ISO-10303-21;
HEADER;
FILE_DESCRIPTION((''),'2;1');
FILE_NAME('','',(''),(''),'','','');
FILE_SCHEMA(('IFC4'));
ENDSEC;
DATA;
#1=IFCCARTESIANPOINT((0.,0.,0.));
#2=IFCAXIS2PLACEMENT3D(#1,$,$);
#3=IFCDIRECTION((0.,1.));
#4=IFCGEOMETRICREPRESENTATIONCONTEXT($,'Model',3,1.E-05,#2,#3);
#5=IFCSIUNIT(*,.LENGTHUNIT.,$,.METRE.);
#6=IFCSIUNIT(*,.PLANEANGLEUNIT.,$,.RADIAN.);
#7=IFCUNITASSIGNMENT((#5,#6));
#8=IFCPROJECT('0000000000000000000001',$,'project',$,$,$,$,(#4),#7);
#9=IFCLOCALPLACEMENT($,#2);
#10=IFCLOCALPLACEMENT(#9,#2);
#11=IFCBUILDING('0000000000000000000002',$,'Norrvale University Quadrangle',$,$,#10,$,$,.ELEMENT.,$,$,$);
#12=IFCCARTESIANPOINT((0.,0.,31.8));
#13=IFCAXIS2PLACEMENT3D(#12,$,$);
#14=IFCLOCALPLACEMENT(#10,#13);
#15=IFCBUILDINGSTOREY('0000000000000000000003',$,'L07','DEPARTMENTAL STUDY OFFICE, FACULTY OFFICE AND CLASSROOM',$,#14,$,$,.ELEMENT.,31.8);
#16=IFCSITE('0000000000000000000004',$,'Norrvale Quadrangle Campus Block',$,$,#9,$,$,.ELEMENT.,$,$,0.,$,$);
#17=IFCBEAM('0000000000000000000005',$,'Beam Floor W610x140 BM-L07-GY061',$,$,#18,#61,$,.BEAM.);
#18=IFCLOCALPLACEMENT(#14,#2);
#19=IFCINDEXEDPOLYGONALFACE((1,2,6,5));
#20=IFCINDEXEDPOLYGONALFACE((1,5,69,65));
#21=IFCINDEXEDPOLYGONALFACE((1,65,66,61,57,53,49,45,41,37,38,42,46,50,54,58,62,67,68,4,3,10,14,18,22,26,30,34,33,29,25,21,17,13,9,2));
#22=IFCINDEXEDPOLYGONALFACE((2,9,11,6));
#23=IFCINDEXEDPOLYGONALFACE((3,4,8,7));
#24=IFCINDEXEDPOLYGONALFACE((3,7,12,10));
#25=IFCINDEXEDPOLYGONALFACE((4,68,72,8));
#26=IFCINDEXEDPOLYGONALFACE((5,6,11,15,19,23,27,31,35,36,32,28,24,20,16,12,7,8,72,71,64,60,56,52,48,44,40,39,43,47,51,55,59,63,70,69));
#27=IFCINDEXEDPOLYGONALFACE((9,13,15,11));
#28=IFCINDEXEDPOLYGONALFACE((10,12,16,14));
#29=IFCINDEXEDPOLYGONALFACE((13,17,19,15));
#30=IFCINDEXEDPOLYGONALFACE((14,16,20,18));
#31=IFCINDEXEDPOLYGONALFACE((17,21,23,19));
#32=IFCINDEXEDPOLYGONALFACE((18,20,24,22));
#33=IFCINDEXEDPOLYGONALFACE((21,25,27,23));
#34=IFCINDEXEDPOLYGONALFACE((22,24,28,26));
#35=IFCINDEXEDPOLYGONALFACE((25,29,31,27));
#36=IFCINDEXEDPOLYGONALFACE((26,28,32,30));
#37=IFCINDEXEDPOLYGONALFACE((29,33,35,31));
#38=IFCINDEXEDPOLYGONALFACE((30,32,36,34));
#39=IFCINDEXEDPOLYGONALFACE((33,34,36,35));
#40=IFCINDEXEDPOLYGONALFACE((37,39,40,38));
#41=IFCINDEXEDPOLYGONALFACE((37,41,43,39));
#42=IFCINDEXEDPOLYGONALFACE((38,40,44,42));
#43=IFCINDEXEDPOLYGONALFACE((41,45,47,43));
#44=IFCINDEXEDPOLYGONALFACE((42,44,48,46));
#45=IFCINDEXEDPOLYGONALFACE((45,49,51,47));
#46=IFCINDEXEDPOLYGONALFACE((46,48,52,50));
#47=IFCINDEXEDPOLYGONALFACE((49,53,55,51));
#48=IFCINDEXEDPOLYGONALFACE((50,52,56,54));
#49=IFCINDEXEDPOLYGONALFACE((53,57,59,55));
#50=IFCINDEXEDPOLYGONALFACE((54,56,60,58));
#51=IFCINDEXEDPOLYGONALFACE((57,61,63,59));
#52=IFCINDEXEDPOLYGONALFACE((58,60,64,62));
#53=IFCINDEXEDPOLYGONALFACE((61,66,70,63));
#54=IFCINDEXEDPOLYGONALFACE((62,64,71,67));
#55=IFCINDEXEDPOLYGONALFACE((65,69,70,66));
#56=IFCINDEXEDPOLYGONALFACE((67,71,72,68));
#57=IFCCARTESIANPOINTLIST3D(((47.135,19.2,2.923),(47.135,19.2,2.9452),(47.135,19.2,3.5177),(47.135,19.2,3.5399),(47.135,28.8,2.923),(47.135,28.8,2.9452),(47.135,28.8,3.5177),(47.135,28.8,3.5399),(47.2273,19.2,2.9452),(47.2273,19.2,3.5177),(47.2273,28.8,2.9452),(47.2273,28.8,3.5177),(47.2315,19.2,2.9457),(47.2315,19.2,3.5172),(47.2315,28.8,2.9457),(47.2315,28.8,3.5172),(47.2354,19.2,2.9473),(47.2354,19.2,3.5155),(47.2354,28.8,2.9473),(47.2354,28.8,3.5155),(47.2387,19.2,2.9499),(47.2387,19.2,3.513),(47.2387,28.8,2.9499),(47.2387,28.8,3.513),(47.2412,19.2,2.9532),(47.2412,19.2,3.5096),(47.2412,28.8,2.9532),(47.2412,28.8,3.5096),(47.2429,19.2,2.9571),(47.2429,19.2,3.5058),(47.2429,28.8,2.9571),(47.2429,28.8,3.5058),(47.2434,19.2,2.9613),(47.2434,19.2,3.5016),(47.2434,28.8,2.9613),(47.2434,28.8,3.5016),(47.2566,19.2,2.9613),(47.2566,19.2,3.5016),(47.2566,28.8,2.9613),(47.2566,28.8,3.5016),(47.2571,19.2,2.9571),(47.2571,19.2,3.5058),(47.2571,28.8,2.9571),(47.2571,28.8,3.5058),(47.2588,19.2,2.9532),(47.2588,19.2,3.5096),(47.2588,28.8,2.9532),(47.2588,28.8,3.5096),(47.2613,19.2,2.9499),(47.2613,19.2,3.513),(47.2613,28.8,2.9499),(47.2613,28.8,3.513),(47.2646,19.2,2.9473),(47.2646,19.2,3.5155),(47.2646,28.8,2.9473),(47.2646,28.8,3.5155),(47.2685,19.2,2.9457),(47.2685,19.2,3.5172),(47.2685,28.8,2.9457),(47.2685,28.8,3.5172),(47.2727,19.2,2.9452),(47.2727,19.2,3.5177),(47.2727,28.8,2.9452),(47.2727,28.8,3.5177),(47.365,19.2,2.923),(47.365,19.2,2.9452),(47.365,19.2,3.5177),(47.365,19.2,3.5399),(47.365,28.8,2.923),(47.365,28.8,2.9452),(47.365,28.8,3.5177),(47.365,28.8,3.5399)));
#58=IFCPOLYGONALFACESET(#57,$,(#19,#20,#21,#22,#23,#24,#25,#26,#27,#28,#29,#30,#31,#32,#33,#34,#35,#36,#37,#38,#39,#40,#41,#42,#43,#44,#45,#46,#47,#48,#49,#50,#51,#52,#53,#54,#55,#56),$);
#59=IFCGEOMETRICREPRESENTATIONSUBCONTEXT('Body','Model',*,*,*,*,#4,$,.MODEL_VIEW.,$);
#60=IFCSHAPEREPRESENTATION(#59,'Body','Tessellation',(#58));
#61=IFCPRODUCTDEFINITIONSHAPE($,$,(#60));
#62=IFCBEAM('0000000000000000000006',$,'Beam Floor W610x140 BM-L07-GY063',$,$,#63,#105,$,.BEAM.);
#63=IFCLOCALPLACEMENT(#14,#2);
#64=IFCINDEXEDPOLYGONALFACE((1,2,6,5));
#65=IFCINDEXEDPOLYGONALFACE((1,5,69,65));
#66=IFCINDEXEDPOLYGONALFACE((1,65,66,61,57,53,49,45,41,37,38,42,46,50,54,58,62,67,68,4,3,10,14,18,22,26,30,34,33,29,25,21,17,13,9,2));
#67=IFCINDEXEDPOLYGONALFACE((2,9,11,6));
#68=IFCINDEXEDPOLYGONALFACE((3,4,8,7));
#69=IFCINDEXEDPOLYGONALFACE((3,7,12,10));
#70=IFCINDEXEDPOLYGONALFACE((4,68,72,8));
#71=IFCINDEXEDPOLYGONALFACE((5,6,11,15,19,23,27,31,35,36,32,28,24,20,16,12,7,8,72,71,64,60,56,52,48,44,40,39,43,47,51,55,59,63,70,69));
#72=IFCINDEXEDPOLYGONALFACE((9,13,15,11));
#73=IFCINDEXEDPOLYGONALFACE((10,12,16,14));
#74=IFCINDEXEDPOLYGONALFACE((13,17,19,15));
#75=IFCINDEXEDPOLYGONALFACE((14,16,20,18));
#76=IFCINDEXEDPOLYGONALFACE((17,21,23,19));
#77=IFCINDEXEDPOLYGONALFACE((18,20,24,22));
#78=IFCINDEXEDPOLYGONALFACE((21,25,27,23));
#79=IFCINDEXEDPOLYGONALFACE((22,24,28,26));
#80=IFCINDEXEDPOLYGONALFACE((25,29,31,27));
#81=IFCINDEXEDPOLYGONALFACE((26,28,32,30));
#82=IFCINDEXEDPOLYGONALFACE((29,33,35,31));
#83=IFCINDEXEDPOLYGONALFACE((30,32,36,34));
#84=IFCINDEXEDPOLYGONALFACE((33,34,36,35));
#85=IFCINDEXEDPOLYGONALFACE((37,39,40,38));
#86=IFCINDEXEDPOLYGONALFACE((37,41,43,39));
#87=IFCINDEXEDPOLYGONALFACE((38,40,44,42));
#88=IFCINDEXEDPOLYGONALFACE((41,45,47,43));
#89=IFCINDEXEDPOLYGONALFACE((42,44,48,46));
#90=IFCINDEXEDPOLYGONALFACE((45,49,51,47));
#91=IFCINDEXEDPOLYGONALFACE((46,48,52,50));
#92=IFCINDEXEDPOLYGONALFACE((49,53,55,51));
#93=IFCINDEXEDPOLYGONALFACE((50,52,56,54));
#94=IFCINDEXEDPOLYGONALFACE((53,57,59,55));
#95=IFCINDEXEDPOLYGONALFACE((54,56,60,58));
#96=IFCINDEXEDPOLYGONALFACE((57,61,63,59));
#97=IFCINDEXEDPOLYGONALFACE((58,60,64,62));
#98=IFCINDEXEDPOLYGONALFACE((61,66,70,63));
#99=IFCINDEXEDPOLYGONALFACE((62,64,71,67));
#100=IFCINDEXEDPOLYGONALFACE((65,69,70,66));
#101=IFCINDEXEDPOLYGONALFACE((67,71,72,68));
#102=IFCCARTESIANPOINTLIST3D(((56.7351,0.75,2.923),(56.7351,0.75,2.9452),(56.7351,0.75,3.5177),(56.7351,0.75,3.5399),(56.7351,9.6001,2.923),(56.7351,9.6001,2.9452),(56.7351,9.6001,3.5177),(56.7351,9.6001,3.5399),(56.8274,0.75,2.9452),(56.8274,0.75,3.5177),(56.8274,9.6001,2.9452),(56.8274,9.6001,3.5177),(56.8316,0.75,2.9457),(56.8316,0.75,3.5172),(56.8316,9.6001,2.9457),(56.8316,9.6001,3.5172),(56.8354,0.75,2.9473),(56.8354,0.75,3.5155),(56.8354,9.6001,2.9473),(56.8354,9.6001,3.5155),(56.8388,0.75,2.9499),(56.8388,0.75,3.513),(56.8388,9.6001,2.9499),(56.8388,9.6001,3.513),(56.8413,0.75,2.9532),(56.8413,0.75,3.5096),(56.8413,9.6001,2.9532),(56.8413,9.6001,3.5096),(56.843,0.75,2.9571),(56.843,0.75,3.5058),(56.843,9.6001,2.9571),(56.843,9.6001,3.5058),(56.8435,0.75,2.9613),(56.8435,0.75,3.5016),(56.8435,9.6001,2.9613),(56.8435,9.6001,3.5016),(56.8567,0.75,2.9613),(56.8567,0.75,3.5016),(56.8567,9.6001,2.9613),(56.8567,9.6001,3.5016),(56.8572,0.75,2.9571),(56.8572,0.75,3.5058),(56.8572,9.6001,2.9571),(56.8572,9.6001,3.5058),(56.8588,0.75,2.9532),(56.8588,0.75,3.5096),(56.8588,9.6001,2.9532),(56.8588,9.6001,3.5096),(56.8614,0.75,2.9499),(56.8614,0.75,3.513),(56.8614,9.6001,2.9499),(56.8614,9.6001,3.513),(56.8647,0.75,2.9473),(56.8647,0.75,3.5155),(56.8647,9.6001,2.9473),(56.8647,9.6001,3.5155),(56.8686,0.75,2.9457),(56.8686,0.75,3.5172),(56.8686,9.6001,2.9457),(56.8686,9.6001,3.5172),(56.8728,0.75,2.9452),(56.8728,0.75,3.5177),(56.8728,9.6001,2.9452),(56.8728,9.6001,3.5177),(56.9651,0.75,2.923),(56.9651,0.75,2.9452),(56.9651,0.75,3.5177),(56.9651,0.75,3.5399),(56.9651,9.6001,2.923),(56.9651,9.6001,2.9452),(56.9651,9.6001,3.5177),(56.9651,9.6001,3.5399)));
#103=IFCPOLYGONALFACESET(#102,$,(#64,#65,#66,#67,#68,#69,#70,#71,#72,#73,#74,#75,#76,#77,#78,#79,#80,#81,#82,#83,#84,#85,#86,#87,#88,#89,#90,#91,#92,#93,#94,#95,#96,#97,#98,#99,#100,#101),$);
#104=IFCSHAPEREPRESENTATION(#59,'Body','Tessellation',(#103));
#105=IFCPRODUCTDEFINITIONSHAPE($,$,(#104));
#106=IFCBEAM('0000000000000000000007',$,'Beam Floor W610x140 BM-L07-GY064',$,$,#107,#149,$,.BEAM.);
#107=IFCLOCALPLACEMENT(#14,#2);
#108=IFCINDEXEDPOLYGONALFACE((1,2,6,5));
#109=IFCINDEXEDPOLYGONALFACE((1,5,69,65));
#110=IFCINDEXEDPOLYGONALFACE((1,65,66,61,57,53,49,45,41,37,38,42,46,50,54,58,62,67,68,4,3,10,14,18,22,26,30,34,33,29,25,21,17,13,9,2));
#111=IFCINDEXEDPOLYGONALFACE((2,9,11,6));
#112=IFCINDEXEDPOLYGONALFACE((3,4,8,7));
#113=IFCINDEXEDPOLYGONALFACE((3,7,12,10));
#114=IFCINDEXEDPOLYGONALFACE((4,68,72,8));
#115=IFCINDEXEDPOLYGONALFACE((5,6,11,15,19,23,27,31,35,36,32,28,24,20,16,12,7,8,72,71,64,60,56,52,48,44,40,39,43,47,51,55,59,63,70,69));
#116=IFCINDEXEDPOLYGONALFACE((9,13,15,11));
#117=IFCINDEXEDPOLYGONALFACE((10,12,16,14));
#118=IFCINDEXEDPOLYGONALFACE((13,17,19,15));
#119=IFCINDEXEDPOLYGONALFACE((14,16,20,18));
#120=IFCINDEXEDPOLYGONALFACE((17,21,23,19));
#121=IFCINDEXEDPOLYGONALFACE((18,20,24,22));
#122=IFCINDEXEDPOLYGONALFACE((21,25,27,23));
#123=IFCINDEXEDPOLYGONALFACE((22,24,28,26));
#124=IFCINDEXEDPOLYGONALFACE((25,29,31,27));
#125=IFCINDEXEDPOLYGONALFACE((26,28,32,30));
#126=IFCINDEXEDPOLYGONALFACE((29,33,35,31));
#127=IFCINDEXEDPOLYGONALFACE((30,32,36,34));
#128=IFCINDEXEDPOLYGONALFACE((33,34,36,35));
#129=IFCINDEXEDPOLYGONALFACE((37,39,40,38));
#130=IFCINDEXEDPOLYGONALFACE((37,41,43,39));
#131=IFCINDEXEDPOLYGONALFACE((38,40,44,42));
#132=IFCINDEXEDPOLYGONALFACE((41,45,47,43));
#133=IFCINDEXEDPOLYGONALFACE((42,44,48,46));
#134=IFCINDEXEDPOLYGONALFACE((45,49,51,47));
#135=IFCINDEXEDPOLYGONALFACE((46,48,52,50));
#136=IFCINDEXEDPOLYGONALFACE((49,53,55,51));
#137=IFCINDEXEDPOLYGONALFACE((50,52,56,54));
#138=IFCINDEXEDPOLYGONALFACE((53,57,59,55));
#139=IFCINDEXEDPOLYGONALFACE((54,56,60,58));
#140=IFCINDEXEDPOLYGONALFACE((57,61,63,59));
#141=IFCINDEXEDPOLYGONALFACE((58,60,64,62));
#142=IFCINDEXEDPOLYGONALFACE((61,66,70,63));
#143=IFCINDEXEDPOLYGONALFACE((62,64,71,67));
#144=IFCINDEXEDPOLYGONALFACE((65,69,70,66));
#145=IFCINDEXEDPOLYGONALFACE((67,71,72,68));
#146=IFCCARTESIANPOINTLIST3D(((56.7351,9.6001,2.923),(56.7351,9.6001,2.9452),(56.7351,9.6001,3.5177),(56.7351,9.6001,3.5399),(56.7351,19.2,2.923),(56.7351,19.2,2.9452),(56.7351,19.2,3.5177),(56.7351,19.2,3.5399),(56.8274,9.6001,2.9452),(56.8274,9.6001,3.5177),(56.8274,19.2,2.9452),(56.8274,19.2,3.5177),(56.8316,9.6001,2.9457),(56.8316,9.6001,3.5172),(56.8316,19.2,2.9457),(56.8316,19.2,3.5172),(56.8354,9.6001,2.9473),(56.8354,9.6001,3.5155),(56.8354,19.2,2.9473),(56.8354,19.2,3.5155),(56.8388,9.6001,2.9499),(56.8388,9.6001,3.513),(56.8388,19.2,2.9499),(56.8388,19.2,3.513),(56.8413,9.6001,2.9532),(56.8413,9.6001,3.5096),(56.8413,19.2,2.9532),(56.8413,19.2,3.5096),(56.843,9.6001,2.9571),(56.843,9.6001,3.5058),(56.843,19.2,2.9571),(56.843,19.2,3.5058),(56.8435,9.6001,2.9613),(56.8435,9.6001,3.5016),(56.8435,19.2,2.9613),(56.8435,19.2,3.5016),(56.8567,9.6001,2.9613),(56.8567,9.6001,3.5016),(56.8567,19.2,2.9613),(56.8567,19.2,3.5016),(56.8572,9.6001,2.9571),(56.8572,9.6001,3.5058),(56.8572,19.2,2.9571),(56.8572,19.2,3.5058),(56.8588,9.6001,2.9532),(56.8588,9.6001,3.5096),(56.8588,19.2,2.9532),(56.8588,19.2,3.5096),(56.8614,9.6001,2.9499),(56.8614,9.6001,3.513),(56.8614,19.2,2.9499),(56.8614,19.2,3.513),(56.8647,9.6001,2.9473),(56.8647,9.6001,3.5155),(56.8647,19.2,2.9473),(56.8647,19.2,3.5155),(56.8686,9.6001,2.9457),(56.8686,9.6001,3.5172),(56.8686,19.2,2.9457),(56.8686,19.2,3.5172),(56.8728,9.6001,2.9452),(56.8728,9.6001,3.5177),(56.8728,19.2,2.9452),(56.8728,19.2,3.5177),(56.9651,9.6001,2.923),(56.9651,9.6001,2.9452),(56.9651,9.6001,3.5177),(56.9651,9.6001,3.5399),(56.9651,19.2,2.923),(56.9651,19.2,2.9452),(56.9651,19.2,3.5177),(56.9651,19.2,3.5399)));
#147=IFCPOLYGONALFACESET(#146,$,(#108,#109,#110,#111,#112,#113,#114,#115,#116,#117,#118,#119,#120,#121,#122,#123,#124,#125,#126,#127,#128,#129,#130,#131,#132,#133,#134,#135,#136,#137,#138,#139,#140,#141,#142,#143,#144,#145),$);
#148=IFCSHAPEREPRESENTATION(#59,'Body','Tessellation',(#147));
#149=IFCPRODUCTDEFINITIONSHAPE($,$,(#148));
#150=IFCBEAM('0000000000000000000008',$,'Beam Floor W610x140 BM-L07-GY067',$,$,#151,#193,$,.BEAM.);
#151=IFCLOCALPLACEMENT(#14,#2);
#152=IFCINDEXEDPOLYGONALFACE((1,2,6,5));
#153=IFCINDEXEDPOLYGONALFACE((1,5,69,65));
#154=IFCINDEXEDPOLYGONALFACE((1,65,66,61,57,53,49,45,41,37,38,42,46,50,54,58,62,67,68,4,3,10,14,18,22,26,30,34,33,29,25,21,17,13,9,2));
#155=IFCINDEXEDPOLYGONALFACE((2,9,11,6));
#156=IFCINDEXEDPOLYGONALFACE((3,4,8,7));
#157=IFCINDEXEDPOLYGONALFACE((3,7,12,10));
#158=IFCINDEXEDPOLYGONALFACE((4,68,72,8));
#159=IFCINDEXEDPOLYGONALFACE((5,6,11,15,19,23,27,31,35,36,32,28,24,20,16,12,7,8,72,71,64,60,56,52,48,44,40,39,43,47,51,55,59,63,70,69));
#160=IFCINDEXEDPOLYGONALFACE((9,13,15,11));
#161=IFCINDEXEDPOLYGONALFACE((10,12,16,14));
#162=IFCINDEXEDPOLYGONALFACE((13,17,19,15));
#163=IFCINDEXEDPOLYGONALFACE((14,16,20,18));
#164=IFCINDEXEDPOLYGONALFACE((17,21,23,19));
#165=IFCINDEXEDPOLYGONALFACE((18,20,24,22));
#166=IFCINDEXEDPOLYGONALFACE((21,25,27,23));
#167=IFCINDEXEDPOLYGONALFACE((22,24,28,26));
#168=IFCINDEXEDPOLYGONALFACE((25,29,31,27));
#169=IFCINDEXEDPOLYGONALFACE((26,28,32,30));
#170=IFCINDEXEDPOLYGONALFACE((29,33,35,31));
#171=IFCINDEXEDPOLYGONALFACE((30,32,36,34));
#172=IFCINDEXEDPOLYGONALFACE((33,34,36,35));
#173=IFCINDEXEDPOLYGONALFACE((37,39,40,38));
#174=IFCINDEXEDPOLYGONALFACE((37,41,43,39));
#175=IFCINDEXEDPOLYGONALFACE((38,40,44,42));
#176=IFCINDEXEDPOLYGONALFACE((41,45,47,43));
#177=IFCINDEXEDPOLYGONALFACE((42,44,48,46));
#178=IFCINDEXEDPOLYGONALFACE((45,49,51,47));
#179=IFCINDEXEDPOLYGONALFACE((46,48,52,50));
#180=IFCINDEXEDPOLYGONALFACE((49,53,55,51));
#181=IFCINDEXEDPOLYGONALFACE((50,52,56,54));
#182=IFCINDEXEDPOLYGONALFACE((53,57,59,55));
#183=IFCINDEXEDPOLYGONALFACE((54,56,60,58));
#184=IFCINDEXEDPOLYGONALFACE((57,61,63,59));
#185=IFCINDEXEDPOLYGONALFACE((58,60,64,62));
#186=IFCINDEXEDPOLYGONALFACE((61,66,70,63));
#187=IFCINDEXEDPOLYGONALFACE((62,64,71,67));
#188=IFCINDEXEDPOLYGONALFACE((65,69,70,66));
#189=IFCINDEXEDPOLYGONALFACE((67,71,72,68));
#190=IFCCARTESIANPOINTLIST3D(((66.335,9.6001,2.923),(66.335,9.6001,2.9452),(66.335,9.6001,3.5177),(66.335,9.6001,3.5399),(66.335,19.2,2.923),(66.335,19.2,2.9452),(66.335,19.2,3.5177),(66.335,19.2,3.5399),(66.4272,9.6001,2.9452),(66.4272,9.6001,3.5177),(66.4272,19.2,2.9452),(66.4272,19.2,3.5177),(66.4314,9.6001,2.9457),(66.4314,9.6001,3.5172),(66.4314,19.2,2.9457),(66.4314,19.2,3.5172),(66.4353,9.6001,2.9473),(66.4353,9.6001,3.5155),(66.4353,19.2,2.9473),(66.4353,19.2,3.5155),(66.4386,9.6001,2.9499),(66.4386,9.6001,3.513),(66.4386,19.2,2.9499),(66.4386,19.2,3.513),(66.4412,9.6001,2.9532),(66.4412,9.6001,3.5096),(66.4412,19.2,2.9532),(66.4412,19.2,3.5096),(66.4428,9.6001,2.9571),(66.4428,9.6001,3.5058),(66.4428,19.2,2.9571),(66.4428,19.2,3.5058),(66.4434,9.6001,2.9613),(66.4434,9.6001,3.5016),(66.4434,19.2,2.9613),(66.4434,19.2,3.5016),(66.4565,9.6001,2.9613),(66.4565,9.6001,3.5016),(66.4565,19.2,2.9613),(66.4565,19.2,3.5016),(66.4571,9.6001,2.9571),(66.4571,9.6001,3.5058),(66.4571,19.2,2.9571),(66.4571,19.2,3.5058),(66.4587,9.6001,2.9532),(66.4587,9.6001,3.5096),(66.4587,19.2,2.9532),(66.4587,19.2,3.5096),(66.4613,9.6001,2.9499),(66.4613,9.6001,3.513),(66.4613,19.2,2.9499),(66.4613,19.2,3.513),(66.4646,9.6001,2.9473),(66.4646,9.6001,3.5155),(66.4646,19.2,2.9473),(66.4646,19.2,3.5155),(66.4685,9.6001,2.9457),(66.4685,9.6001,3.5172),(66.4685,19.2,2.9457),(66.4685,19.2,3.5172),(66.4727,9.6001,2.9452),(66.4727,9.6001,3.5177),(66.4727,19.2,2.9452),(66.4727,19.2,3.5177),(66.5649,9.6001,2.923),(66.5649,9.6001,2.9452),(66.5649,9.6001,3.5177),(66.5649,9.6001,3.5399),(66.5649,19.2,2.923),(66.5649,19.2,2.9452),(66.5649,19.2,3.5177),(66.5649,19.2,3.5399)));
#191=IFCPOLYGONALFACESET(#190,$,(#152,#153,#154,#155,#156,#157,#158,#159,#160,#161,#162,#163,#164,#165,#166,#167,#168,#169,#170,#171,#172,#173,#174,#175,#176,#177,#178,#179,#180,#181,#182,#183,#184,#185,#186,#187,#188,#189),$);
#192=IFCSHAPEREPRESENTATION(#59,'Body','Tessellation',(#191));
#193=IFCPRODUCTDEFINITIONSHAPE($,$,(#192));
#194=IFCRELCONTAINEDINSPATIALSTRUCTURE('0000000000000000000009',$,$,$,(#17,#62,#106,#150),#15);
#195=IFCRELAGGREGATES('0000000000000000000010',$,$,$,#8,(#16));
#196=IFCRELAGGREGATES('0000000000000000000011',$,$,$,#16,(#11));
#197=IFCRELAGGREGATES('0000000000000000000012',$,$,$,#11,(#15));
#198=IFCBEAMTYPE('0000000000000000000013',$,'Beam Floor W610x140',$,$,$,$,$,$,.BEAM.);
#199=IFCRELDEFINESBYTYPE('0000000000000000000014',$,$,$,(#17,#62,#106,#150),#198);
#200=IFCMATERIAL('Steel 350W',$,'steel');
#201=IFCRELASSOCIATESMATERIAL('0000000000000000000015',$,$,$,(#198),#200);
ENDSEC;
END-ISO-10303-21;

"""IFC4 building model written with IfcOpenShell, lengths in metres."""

from ifc_helpers import new_model, si_unit, direction, frame, origin, origin_2d, place, context, subcontext, project, spatial, i_section, extrude, material, material_profile, profile_set, type_object, element, save


model = new_model("IFC4")

# Units and contexts
model_context = context("Model", 3, precision=1e-05, world=origin(), true_north=direction((0.0, 1.0)))
body_context = subcontext(model_context, "Body", "Model", "MODEL_VIEW")
ifc_project = project(units=[si_unit("LENGTHUNIT", "METRE"), si_unit("PLANEANGLEUNIT", "RADIAN")], contexts=[model_context])

# Site, building, storey
site_placement = place(None, origin())
site = spatial("IfcSite", under=ifc_project, at=site_placement, Name="Norrvale Quadrangle Campus Block", CompositionType="ELEMENT", RefElevation=0.0)
building_placement = place(site_placement, origin())
building = spatial("IfcBuilding", under=site, at=building_placement, Name="Norrvale University Quadrangle", CompositionType="ELEMENT")
storey_placement = place(building_placement, frame((0.0, 0.0, 31.8)))
storey = spatial("IfcBuildingStorey", under=building, at=storey_placement, Name="L07", Description="DEPARTMENTAL STUDY OFFICE, FACULTY OFFICE AND CLASSROOM", CompositionType="ELEMENT", Elevation=31.8)

# Beams
ifc_material_1 = material(Name="Steel 350W", Category="steel")
ifc_material_profile_1 = material_profile(ifc_material_1, i_section(OverallWidth=0.23, OverallDepth=0.6169, WebThickness=0.0132, FlangeThickness=0.0222, FilletRadius=0.0161, at=origin_2d()), Name="Steel 350W")
ifc_profile_set_1 = profile_set([ifc_material_profile_1], Name="Steel 350W")
beam_type_1 = type_object("IfcBeamType", Name="Beam Floor W610x140", PredefinedType="BEAM", material=ifc_profile_set_1)
beam_1_placement = place(storey_placement, frame((47.25, 19.2, 3.2314), z_axis=(0.0, 1.0, 0.0), x_axis=(-1.0, 0.0, 0.0)))
element("IfcBeam", 1, at=beam_1_placement, inside=storey, type_object=beam_type_1, Name="Beam Floor W610x140 BM-L07-GY061", PredefinedType="BEAM", context=body_context, shape_type="SweptSolid", body=[
    extrude(i_section(OverallWidth=0.23, OverallDepth=0.6169, WebThickness=0.0132, FlangeThickness=0.0222, FilletRadius=0.0161, at=origin_2d()), origin(), (0.0, 0.0, 1.0), 9.6001),
])
beam_2_placement = place(storey_placement, frame((56.8501, 0.75, 3.2314), z_axis=(0.0, 1.0, 0.0), x_axis=(-1.0, 0.0, 0.0)))
element("IfcBeam", 2, at=beam_2_placement, inside=storey, type_object=beam_type_1, Name="Beam Floor W610x140 BM-L07-GY063", PredefinedType="BEAM", context=body_context, shape_type="SweptSolid", body=[
    extrude(i_section(OverallWidth=0.23, OverallDepth=0.6169, WebThickness=0.0132, FlangeThickness=0.0222, FilletRadius=0.0161, at=origin_2d()), origin(), (0.0, 0.0, 1.0), 8.8501),
])
for number, where, z_axis, x_axis, name in (
    (3, (56.8501, 9.6001, 3.2314), (0.0, 1.0, 0.0), (-1.0, 0.0, 0.0), "Beam Floor W610x140 BM-L07-GY064"),
    (4, (66.45, 9.6001, 3.2314), (0.0, 1.0, 0.0), (-1.0, 0.0, 0.0), "Beam Floor W610x140 BM-L07-GY067"),
):
    element("IfcBeam", number, at=place(storey_placement, frame(where, z_axis=z_axis, x_axis=x_axis)), inside=storey, type_object=beam_type_1, Name=name, PredefinedType="BEAM", context=body_context, shape_type="SweptSolid", body=[
        extrude(i_section(OverallWidth=0.23, OverallDepth=0.6169, WebThickness=0.0132, FlangeThickness=0.0222, FilletRadius=0.0161, at=origin_2d()), origin(), (0.0, 0.0, 1.0), 9.5999),
    ])

save(model, "model.ifc")
